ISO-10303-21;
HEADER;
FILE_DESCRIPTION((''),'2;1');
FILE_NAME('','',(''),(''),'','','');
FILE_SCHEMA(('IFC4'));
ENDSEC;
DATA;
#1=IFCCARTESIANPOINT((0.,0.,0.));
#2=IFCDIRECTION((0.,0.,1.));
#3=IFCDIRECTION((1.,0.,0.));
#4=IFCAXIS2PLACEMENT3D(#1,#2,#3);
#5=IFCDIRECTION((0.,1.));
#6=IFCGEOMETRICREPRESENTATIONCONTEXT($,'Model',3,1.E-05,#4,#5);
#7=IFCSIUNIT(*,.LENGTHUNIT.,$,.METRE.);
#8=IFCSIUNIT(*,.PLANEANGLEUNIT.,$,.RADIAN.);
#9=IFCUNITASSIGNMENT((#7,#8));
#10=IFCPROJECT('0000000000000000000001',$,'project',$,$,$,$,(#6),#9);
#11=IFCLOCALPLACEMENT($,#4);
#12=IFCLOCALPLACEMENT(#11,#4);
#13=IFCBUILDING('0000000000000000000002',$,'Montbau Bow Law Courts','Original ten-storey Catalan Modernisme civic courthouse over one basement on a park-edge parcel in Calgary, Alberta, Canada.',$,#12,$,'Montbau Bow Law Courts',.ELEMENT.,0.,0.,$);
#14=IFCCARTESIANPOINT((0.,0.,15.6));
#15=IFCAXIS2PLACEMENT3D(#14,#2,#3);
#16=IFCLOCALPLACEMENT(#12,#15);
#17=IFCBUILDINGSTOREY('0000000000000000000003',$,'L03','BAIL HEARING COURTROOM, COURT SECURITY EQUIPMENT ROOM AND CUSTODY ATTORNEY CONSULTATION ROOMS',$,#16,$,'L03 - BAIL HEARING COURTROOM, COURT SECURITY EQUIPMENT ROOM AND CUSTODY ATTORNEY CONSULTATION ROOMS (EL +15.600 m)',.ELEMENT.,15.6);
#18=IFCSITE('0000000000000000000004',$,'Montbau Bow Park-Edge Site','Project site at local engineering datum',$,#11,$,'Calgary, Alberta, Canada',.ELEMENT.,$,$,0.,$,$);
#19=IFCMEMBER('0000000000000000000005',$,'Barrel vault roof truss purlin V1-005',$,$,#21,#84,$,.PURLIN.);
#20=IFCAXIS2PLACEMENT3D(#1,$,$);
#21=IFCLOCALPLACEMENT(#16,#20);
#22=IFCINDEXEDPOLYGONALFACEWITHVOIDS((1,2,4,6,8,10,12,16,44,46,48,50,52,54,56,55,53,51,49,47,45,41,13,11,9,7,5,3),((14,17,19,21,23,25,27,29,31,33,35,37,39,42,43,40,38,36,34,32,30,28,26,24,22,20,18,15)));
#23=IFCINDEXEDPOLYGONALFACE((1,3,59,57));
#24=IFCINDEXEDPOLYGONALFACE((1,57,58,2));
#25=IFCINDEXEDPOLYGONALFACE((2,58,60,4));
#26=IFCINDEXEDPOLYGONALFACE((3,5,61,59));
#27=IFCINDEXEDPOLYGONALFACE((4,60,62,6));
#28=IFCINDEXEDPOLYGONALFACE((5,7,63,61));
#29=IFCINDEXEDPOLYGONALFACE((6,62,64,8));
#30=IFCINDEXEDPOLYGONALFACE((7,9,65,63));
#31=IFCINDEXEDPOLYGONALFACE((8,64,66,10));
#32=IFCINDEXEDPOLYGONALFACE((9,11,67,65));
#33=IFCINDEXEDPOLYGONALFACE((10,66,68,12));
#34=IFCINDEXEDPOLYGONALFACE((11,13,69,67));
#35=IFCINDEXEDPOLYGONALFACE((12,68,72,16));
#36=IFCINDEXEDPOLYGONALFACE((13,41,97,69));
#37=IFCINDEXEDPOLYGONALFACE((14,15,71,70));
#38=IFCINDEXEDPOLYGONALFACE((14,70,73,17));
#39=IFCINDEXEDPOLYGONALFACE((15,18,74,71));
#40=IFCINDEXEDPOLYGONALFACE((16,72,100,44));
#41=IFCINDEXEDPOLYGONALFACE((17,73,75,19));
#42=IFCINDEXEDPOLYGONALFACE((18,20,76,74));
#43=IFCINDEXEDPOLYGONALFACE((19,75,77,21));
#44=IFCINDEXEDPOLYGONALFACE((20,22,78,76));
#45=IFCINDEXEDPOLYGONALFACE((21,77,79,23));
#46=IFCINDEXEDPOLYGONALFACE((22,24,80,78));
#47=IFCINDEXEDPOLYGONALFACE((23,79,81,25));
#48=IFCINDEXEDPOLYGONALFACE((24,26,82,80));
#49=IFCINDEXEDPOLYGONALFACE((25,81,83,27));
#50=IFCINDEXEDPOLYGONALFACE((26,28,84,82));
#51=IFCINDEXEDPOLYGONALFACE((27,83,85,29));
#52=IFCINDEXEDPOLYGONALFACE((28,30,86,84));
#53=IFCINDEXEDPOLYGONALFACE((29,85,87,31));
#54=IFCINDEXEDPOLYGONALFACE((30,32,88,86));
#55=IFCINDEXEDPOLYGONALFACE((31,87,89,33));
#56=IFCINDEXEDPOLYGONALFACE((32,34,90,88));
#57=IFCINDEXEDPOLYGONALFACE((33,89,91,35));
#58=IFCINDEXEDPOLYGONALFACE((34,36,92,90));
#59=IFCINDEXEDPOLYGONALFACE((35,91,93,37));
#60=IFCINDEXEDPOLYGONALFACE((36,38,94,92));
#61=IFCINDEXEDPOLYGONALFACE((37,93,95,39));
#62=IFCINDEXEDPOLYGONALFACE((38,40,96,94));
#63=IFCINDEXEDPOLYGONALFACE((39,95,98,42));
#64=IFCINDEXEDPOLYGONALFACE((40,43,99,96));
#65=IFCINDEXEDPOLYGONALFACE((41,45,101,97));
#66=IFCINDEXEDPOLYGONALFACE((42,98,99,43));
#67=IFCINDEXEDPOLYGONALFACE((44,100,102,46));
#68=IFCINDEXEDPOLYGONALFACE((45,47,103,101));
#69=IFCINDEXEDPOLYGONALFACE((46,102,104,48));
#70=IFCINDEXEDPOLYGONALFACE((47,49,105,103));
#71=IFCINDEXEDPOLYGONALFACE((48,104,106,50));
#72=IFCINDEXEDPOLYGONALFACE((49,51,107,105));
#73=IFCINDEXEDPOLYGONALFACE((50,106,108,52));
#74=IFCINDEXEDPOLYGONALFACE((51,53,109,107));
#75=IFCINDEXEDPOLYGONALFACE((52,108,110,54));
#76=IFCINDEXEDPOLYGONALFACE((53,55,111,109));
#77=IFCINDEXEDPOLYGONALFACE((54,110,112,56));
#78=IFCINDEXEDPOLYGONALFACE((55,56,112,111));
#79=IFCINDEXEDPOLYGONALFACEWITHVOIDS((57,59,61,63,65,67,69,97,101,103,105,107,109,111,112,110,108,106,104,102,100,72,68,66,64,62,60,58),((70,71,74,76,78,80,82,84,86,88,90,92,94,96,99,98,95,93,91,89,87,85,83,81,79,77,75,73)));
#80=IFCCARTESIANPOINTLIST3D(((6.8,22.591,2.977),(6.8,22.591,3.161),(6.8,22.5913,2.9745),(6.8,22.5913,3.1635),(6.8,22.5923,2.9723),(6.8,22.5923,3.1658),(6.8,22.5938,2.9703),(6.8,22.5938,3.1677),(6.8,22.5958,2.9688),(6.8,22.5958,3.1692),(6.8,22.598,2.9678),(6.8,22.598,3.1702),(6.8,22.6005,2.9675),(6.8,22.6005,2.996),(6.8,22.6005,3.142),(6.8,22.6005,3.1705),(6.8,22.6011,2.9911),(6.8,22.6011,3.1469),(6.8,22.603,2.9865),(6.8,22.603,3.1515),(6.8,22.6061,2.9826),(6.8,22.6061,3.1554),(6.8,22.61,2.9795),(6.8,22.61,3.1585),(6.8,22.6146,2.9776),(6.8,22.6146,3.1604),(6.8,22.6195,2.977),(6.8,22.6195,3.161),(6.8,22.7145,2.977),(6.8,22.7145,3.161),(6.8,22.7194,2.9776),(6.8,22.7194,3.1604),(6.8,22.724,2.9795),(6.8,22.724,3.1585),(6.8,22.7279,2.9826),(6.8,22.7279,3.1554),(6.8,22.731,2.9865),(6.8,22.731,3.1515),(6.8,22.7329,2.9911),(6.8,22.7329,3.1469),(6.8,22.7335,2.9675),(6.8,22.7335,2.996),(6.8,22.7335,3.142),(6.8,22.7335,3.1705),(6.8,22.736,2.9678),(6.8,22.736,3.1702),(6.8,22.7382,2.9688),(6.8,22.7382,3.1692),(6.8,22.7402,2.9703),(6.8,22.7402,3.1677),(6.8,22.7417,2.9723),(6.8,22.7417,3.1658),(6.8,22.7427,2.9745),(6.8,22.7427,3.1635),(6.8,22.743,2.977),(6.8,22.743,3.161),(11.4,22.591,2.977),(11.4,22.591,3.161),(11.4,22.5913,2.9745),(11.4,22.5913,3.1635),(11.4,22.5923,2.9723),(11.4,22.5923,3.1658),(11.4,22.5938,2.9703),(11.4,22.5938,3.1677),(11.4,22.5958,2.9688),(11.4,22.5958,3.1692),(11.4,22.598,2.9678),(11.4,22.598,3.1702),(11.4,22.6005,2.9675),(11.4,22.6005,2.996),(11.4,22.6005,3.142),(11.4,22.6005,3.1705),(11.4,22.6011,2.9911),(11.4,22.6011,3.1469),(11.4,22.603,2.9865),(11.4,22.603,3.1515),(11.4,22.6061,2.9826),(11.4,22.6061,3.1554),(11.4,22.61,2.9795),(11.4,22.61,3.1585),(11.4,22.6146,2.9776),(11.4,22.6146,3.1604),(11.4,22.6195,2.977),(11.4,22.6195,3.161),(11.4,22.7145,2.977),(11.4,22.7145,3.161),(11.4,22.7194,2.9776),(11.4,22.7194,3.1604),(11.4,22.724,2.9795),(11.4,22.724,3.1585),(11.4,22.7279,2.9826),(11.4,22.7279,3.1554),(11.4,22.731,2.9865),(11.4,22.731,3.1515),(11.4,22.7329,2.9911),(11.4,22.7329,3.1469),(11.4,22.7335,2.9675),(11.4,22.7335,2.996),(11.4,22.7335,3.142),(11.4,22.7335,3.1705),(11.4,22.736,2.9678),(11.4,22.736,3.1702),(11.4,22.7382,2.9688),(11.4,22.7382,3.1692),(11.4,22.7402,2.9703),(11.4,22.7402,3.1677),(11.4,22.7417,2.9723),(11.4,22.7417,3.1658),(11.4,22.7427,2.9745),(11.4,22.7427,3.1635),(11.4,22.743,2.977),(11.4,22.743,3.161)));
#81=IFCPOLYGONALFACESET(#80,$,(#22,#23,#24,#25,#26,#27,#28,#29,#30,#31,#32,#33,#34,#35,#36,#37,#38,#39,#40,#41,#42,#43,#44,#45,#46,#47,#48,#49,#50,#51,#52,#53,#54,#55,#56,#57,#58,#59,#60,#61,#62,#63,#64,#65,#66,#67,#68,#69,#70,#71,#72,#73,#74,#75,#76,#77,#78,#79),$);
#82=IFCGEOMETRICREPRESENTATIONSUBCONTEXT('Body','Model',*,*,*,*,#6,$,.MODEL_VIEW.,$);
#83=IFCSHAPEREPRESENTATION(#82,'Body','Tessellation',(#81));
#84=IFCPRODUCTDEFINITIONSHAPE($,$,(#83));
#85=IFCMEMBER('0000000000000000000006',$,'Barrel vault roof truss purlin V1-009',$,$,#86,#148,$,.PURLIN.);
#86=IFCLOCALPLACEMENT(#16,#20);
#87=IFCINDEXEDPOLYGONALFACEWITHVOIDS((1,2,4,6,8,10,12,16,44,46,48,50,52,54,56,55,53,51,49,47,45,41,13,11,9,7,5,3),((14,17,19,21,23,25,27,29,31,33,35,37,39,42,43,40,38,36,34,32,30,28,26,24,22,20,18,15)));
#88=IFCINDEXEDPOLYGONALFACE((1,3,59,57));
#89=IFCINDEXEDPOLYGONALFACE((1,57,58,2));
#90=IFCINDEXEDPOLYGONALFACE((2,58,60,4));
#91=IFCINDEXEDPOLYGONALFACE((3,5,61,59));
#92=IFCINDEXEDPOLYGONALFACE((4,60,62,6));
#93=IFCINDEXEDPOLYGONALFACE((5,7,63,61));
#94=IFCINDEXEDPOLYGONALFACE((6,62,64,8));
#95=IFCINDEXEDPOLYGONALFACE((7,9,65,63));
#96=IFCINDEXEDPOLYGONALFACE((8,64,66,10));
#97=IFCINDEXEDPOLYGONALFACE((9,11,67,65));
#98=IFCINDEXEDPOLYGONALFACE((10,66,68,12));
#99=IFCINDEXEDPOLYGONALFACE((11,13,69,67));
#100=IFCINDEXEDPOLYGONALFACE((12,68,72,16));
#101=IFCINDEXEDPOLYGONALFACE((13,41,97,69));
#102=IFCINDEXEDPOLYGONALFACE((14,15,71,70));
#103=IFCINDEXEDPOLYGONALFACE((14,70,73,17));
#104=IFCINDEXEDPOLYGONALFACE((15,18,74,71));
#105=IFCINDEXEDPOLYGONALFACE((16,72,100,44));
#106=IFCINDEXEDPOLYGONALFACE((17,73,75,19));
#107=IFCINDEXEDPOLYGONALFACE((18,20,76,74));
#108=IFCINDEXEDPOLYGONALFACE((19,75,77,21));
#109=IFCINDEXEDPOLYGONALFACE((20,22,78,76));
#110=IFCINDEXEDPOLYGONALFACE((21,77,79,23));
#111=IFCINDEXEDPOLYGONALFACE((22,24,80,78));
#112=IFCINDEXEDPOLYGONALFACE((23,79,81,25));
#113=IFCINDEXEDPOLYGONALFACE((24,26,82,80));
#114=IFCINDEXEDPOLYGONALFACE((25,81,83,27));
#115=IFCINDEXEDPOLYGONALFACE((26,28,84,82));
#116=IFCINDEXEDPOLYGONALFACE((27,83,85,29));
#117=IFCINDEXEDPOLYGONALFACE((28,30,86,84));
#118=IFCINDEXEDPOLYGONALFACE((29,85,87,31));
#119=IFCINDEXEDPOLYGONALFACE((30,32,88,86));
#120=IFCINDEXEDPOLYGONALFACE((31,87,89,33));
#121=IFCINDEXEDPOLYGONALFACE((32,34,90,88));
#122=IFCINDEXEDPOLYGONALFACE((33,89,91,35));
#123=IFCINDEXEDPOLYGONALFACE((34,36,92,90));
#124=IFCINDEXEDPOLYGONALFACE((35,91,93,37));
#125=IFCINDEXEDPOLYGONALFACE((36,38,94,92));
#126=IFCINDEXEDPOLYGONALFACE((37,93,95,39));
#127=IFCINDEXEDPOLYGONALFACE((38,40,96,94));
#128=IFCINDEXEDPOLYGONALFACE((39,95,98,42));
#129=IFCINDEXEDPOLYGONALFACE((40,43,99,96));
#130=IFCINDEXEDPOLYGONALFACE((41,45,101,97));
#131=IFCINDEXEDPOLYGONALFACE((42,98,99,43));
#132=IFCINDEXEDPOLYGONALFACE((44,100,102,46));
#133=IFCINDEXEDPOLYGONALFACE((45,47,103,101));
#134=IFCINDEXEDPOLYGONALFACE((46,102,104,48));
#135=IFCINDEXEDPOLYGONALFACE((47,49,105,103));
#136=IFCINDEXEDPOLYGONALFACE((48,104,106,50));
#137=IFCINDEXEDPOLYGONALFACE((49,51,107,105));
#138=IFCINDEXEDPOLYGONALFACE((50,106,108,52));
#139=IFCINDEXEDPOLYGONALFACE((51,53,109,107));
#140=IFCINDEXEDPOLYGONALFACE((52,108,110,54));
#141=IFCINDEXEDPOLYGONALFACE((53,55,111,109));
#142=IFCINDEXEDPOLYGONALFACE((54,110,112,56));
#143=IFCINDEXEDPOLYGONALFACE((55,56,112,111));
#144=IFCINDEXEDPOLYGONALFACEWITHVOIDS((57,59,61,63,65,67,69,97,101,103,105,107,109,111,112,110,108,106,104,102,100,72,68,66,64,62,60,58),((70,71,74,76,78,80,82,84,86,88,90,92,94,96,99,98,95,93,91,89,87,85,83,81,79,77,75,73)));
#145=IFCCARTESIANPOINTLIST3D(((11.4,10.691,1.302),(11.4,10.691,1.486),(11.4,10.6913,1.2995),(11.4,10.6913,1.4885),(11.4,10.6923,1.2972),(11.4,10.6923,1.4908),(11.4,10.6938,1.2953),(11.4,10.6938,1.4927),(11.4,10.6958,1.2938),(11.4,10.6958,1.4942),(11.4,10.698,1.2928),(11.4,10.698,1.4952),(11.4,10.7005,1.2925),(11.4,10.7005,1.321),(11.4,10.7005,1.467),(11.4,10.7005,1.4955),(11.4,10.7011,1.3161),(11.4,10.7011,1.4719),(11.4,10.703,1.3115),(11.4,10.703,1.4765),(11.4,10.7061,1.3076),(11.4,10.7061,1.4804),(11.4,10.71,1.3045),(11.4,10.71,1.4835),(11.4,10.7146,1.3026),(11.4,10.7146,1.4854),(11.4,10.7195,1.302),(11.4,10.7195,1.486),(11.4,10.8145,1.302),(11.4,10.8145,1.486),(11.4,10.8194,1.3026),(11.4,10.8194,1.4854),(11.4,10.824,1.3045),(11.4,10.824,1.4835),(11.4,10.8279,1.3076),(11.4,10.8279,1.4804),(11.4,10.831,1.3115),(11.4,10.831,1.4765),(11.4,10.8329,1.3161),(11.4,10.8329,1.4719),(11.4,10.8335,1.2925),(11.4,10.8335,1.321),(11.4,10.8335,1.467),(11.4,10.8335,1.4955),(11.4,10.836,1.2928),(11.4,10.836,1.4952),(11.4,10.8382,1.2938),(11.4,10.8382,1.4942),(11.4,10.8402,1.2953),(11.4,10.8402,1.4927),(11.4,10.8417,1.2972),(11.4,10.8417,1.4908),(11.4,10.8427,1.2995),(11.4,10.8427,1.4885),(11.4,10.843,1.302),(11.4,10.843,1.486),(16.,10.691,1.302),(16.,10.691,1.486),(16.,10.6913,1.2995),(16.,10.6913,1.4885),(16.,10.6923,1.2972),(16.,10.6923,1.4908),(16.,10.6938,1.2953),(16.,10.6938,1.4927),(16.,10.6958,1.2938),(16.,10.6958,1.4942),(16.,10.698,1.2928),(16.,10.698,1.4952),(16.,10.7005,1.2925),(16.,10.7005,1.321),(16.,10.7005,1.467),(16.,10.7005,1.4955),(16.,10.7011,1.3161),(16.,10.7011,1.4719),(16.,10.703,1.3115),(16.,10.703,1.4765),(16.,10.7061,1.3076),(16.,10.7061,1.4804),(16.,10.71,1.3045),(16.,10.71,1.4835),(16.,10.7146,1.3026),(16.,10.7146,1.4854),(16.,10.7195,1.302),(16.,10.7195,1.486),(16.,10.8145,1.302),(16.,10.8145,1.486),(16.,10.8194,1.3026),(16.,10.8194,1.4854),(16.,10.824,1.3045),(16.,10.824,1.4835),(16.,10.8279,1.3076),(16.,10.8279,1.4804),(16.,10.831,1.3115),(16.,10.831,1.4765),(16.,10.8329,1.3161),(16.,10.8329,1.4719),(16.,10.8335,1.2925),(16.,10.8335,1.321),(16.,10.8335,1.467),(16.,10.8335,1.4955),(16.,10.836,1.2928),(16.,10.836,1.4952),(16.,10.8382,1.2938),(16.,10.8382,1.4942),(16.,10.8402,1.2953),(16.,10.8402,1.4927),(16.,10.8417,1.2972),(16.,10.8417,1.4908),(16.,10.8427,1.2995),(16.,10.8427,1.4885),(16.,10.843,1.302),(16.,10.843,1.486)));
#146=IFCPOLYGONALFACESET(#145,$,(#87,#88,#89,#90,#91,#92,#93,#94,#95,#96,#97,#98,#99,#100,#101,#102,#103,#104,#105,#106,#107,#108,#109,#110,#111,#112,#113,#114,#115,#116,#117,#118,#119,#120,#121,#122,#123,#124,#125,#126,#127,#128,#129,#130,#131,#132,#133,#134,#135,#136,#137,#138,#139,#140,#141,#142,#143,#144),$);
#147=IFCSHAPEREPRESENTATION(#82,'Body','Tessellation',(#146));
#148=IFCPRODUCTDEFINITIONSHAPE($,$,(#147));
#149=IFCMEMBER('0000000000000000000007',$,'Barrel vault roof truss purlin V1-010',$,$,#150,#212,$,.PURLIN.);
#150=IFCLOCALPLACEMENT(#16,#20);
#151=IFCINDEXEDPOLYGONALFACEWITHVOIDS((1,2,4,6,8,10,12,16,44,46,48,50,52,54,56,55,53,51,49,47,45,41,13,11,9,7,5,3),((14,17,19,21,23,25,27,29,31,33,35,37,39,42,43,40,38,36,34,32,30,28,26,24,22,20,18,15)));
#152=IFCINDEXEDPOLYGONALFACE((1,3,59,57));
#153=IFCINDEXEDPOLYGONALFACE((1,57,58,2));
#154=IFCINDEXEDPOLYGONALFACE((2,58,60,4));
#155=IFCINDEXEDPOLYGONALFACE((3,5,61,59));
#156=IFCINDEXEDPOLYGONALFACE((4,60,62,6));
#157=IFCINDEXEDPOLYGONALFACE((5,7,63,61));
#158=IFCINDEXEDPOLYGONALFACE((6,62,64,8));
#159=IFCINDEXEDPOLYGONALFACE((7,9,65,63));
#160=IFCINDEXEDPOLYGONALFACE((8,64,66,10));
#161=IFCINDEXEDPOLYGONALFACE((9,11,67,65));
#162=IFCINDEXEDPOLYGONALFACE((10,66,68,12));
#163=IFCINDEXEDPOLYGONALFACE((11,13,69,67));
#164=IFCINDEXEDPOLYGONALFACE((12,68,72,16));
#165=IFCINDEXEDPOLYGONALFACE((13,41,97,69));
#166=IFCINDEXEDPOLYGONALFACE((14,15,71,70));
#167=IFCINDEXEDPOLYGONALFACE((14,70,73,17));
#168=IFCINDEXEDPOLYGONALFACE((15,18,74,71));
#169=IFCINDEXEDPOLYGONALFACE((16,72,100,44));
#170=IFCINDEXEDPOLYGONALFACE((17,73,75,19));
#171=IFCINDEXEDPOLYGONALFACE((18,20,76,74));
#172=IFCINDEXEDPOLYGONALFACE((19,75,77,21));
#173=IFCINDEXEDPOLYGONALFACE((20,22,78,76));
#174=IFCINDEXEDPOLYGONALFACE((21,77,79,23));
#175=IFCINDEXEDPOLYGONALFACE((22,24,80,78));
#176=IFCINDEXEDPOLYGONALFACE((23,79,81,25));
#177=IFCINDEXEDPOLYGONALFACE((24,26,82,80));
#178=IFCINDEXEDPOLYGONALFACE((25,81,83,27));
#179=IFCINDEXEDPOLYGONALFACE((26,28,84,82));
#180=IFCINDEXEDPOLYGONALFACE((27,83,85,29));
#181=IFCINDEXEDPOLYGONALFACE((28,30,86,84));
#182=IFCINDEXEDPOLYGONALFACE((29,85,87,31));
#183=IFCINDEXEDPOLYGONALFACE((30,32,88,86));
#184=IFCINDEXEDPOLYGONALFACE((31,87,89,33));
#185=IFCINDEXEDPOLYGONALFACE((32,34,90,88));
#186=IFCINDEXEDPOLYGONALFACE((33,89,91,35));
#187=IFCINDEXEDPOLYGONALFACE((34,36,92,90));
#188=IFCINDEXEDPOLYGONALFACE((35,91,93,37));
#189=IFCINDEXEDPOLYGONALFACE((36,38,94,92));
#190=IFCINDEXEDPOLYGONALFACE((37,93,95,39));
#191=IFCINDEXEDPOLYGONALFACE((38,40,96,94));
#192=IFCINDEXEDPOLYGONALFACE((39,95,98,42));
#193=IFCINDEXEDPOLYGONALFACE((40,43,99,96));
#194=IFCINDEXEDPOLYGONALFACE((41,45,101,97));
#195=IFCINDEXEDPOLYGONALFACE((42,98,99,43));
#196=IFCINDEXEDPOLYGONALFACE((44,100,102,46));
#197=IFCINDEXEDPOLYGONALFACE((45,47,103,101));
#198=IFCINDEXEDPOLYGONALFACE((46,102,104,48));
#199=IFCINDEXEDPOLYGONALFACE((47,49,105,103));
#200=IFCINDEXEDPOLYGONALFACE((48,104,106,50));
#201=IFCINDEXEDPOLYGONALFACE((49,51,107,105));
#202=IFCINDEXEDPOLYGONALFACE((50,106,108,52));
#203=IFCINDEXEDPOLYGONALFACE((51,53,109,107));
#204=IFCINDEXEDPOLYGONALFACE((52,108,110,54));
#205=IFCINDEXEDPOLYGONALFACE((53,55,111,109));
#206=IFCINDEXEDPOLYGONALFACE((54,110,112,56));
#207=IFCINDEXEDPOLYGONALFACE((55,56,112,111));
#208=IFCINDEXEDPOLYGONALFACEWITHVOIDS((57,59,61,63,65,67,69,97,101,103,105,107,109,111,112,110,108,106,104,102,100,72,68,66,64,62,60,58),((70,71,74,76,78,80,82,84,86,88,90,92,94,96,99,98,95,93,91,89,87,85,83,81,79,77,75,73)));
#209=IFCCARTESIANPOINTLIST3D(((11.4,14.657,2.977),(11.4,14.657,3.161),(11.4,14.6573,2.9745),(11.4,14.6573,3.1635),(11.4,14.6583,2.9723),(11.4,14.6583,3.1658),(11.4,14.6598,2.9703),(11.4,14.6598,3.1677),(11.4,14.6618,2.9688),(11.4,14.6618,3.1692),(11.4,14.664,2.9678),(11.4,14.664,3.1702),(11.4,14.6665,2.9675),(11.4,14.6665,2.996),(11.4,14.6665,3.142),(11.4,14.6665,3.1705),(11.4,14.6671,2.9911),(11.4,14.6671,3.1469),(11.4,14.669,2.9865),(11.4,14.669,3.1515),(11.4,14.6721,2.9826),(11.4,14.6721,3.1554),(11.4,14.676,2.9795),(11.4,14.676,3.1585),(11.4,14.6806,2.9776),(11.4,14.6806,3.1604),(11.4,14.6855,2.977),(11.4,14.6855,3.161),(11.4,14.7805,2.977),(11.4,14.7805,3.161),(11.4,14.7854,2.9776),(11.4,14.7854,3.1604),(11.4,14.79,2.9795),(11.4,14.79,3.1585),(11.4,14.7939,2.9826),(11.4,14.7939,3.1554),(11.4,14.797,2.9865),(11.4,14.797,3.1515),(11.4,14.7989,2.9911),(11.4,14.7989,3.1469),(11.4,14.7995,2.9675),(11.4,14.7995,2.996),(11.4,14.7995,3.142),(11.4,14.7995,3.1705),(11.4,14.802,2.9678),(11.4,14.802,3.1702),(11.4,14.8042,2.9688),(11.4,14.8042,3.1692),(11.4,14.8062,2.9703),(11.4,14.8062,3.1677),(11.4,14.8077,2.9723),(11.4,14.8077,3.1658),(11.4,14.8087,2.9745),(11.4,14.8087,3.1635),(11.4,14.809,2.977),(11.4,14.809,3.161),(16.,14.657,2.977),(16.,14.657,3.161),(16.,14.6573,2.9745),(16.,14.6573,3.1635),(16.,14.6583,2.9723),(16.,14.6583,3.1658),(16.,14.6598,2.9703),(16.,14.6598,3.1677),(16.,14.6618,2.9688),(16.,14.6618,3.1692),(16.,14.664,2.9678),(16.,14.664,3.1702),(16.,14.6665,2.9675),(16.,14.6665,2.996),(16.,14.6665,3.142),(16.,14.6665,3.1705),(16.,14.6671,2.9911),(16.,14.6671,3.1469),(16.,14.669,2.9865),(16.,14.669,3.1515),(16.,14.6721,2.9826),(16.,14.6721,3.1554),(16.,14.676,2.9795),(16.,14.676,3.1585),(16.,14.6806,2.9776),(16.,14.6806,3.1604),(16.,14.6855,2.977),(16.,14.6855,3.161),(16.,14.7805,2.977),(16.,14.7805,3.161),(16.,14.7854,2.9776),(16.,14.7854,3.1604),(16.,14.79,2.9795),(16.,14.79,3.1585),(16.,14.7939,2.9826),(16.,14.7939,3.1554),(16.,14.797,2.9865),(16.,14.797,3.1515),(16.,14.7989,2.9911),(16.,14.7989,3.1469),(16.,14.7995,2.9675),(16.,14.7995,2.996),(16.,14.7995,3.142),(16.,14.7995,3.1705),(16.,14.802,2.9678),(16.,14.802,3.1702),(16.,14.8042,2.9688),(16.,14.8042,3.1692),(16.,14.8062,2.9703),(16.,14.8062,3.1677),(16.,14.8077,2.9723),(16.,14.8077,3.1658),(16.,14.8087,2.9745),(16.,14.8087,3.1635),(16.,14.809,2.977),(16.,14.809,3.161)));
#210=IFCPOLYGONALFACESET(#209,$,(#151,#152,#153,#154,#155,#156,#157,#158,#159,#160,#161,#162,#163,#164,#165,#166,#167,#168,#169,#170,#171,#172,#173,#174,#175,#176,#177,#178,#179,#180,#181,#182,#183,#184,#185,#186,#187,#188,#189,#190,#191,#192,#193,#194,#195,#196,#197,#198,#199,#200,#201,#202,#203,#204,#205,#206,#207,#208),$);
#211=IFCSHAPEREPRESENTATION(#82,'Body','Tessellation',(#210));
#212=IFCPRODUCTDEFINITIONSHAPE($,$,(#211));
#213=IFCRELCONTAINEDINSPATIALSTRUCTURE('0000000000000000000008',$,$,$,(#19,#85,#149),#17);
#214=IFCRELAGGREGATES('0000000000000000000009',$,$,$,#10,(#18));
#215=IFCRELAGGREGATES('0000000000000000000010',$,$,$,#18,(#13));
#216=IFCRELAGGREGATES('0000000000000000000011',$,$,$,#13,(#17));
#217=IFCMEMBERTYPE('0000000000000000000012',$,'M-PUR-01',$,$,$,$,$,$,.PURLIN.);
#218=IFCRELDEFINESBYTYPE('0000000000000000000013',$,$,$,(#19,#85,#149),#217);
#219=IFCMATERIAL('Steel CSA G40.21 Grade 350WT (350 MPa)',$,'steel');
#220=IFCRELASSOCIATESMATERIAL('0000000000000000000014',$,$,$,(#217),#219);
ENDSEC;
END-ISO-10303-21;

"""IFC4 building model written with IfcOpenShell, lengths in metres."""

from ifc_helpers import new_model, si_unit, direction, frame, origin_with_axes, origin_2d_with_axis, place, context, subcontext, project, spatial, hollow_rectangle, extrude, material, material_profile, profile_set, type_object, element, save


model = new_model("IFC4")

# Units and contexts
model_context = context("Model", 3, precision=1e-05, world=origin_with_axes(), true_north=direction((0.0, 1.0)))
body_context = subcontext(model_context, "Body", "Model", "MODEL_VIEW")
ifc_project = project(units=[si_unit("LENGTHUNIT", "METRE"), si_unit("PLANEANGLEUNIT", "RADIAN")], contexts=[model_context])

# Site, building, storey
site_placement = place(None, origin_with_axes())
site = spatial("IfcSite", under=ifc_project, at=site_placement, Name="Montbau Bow Park-Edge Site", Description="Project site at local engineering datum", LongName="Calgary, Alberta, Canada", CompositionType="ELEMENT", RefElevation=0.0)
building_placement = place(site_placement, origin_with_axes())
building = spatial("IfcBuilding", under=site, at=building_placement, Name="Montbau Bow Law Courts", Description="Original ten-storey Catalan Modernisme civic courthouse over one basement on a park-edge parcel in Calgary, Alberta, Canada.", LongName="Montbau Bow Law Courts", CompositionType="ELEMENT", ElevationOfRefHeight=0.0, ElevationOfTerrain=0.0)
storey_placement = place(building_placement, frame((0.0, 0.0, 15.6), z_axis=(0.0, 0.0, 1.0), x_axis=(1.0, 0.0, 0.0)))
storey = spatial("IfcBuildingStorey", under=building, at=storey_placement, Name="L03", Description="BAIL HEARING COURTROOM, COURT SECURITY EQUIPMENT ROOM AND CUSTODY ATTORNEY CONSULTATION ROOMS", LongName="L03 - BAIL HEARING COURTROOM, COURT SECURITY EQUIPMENT ROOM AND CUSTODY ATTORNEY CONSULTATION ROOMS (EL +15.600 m)", CompositionType="ELEMENT", Elevation=15.6)

# Shared definitions
ifc_material_1 = material(Name="Steel CSA G40.21 Grade 350WT (350 MPa)", Category="steel")

# Members
ifc_material_profile_1 = material_profile(ifc_material_1, hollow_rectangle(XDim=0.152, YDim=0.203, WallThickness=0.0095, InnerFilletRadius=0.019, OuterFilletRadius=0.0095, at=origin_2d_with_axis()), Name="HSS203X152X9.5", Category="Main", Priority=0)
ifc_profile_set_1 = profile_set([ifc_material_profile_1], Name="Steel CSA G40.21 Grade 350WT (350 MPa)")
member_type_1 = type_object("IfcMemberType", Name="M-PUR-01", PredefinedType="PURLIN", material=ifc_profile_set_1)
for number, where, z_axis, x_axis, name in (
    (1, (6.8, 22.667, 18.669), (1.0, 0.0, 0.0), (0.0, 1.0, 0.0), "Barrel vault roof truss purlin V1-005"),
    (2, (11.4, 10.767, 16.994), (1.0, 0.0, 0.0), (0.0, 1.0, 0.0), "Barrel vault roof truss purlin V1-009"),
    (3, (11.4, 14.733, 18.669), (1.0, 0.0, 0.0), (0.0, 1.0, 0.0), "Barrel vault roof truss purlin V1-010"),
):
    element("IfcMember", number, at=place(None, frame(where, z_axis=z_axis, x_axis=x_axis)), inside=storey, type_object=member_type_1, Name=name, PredefinedType="PURLIN", context=body_context, shape_type="SweptSolid", body=[
        extrude(hollow_rectangle(XDim=0.152, YDim=0.203, WallThickness=0.0095, InnerFilletRadius=0.019, OuterFilletRadius=0.0095, at=origin_2d_with_axis()), origin_with_axes(), (0.0, 0.0, 1.0), 4.6),
    ])

save(model, "model.ifc")
